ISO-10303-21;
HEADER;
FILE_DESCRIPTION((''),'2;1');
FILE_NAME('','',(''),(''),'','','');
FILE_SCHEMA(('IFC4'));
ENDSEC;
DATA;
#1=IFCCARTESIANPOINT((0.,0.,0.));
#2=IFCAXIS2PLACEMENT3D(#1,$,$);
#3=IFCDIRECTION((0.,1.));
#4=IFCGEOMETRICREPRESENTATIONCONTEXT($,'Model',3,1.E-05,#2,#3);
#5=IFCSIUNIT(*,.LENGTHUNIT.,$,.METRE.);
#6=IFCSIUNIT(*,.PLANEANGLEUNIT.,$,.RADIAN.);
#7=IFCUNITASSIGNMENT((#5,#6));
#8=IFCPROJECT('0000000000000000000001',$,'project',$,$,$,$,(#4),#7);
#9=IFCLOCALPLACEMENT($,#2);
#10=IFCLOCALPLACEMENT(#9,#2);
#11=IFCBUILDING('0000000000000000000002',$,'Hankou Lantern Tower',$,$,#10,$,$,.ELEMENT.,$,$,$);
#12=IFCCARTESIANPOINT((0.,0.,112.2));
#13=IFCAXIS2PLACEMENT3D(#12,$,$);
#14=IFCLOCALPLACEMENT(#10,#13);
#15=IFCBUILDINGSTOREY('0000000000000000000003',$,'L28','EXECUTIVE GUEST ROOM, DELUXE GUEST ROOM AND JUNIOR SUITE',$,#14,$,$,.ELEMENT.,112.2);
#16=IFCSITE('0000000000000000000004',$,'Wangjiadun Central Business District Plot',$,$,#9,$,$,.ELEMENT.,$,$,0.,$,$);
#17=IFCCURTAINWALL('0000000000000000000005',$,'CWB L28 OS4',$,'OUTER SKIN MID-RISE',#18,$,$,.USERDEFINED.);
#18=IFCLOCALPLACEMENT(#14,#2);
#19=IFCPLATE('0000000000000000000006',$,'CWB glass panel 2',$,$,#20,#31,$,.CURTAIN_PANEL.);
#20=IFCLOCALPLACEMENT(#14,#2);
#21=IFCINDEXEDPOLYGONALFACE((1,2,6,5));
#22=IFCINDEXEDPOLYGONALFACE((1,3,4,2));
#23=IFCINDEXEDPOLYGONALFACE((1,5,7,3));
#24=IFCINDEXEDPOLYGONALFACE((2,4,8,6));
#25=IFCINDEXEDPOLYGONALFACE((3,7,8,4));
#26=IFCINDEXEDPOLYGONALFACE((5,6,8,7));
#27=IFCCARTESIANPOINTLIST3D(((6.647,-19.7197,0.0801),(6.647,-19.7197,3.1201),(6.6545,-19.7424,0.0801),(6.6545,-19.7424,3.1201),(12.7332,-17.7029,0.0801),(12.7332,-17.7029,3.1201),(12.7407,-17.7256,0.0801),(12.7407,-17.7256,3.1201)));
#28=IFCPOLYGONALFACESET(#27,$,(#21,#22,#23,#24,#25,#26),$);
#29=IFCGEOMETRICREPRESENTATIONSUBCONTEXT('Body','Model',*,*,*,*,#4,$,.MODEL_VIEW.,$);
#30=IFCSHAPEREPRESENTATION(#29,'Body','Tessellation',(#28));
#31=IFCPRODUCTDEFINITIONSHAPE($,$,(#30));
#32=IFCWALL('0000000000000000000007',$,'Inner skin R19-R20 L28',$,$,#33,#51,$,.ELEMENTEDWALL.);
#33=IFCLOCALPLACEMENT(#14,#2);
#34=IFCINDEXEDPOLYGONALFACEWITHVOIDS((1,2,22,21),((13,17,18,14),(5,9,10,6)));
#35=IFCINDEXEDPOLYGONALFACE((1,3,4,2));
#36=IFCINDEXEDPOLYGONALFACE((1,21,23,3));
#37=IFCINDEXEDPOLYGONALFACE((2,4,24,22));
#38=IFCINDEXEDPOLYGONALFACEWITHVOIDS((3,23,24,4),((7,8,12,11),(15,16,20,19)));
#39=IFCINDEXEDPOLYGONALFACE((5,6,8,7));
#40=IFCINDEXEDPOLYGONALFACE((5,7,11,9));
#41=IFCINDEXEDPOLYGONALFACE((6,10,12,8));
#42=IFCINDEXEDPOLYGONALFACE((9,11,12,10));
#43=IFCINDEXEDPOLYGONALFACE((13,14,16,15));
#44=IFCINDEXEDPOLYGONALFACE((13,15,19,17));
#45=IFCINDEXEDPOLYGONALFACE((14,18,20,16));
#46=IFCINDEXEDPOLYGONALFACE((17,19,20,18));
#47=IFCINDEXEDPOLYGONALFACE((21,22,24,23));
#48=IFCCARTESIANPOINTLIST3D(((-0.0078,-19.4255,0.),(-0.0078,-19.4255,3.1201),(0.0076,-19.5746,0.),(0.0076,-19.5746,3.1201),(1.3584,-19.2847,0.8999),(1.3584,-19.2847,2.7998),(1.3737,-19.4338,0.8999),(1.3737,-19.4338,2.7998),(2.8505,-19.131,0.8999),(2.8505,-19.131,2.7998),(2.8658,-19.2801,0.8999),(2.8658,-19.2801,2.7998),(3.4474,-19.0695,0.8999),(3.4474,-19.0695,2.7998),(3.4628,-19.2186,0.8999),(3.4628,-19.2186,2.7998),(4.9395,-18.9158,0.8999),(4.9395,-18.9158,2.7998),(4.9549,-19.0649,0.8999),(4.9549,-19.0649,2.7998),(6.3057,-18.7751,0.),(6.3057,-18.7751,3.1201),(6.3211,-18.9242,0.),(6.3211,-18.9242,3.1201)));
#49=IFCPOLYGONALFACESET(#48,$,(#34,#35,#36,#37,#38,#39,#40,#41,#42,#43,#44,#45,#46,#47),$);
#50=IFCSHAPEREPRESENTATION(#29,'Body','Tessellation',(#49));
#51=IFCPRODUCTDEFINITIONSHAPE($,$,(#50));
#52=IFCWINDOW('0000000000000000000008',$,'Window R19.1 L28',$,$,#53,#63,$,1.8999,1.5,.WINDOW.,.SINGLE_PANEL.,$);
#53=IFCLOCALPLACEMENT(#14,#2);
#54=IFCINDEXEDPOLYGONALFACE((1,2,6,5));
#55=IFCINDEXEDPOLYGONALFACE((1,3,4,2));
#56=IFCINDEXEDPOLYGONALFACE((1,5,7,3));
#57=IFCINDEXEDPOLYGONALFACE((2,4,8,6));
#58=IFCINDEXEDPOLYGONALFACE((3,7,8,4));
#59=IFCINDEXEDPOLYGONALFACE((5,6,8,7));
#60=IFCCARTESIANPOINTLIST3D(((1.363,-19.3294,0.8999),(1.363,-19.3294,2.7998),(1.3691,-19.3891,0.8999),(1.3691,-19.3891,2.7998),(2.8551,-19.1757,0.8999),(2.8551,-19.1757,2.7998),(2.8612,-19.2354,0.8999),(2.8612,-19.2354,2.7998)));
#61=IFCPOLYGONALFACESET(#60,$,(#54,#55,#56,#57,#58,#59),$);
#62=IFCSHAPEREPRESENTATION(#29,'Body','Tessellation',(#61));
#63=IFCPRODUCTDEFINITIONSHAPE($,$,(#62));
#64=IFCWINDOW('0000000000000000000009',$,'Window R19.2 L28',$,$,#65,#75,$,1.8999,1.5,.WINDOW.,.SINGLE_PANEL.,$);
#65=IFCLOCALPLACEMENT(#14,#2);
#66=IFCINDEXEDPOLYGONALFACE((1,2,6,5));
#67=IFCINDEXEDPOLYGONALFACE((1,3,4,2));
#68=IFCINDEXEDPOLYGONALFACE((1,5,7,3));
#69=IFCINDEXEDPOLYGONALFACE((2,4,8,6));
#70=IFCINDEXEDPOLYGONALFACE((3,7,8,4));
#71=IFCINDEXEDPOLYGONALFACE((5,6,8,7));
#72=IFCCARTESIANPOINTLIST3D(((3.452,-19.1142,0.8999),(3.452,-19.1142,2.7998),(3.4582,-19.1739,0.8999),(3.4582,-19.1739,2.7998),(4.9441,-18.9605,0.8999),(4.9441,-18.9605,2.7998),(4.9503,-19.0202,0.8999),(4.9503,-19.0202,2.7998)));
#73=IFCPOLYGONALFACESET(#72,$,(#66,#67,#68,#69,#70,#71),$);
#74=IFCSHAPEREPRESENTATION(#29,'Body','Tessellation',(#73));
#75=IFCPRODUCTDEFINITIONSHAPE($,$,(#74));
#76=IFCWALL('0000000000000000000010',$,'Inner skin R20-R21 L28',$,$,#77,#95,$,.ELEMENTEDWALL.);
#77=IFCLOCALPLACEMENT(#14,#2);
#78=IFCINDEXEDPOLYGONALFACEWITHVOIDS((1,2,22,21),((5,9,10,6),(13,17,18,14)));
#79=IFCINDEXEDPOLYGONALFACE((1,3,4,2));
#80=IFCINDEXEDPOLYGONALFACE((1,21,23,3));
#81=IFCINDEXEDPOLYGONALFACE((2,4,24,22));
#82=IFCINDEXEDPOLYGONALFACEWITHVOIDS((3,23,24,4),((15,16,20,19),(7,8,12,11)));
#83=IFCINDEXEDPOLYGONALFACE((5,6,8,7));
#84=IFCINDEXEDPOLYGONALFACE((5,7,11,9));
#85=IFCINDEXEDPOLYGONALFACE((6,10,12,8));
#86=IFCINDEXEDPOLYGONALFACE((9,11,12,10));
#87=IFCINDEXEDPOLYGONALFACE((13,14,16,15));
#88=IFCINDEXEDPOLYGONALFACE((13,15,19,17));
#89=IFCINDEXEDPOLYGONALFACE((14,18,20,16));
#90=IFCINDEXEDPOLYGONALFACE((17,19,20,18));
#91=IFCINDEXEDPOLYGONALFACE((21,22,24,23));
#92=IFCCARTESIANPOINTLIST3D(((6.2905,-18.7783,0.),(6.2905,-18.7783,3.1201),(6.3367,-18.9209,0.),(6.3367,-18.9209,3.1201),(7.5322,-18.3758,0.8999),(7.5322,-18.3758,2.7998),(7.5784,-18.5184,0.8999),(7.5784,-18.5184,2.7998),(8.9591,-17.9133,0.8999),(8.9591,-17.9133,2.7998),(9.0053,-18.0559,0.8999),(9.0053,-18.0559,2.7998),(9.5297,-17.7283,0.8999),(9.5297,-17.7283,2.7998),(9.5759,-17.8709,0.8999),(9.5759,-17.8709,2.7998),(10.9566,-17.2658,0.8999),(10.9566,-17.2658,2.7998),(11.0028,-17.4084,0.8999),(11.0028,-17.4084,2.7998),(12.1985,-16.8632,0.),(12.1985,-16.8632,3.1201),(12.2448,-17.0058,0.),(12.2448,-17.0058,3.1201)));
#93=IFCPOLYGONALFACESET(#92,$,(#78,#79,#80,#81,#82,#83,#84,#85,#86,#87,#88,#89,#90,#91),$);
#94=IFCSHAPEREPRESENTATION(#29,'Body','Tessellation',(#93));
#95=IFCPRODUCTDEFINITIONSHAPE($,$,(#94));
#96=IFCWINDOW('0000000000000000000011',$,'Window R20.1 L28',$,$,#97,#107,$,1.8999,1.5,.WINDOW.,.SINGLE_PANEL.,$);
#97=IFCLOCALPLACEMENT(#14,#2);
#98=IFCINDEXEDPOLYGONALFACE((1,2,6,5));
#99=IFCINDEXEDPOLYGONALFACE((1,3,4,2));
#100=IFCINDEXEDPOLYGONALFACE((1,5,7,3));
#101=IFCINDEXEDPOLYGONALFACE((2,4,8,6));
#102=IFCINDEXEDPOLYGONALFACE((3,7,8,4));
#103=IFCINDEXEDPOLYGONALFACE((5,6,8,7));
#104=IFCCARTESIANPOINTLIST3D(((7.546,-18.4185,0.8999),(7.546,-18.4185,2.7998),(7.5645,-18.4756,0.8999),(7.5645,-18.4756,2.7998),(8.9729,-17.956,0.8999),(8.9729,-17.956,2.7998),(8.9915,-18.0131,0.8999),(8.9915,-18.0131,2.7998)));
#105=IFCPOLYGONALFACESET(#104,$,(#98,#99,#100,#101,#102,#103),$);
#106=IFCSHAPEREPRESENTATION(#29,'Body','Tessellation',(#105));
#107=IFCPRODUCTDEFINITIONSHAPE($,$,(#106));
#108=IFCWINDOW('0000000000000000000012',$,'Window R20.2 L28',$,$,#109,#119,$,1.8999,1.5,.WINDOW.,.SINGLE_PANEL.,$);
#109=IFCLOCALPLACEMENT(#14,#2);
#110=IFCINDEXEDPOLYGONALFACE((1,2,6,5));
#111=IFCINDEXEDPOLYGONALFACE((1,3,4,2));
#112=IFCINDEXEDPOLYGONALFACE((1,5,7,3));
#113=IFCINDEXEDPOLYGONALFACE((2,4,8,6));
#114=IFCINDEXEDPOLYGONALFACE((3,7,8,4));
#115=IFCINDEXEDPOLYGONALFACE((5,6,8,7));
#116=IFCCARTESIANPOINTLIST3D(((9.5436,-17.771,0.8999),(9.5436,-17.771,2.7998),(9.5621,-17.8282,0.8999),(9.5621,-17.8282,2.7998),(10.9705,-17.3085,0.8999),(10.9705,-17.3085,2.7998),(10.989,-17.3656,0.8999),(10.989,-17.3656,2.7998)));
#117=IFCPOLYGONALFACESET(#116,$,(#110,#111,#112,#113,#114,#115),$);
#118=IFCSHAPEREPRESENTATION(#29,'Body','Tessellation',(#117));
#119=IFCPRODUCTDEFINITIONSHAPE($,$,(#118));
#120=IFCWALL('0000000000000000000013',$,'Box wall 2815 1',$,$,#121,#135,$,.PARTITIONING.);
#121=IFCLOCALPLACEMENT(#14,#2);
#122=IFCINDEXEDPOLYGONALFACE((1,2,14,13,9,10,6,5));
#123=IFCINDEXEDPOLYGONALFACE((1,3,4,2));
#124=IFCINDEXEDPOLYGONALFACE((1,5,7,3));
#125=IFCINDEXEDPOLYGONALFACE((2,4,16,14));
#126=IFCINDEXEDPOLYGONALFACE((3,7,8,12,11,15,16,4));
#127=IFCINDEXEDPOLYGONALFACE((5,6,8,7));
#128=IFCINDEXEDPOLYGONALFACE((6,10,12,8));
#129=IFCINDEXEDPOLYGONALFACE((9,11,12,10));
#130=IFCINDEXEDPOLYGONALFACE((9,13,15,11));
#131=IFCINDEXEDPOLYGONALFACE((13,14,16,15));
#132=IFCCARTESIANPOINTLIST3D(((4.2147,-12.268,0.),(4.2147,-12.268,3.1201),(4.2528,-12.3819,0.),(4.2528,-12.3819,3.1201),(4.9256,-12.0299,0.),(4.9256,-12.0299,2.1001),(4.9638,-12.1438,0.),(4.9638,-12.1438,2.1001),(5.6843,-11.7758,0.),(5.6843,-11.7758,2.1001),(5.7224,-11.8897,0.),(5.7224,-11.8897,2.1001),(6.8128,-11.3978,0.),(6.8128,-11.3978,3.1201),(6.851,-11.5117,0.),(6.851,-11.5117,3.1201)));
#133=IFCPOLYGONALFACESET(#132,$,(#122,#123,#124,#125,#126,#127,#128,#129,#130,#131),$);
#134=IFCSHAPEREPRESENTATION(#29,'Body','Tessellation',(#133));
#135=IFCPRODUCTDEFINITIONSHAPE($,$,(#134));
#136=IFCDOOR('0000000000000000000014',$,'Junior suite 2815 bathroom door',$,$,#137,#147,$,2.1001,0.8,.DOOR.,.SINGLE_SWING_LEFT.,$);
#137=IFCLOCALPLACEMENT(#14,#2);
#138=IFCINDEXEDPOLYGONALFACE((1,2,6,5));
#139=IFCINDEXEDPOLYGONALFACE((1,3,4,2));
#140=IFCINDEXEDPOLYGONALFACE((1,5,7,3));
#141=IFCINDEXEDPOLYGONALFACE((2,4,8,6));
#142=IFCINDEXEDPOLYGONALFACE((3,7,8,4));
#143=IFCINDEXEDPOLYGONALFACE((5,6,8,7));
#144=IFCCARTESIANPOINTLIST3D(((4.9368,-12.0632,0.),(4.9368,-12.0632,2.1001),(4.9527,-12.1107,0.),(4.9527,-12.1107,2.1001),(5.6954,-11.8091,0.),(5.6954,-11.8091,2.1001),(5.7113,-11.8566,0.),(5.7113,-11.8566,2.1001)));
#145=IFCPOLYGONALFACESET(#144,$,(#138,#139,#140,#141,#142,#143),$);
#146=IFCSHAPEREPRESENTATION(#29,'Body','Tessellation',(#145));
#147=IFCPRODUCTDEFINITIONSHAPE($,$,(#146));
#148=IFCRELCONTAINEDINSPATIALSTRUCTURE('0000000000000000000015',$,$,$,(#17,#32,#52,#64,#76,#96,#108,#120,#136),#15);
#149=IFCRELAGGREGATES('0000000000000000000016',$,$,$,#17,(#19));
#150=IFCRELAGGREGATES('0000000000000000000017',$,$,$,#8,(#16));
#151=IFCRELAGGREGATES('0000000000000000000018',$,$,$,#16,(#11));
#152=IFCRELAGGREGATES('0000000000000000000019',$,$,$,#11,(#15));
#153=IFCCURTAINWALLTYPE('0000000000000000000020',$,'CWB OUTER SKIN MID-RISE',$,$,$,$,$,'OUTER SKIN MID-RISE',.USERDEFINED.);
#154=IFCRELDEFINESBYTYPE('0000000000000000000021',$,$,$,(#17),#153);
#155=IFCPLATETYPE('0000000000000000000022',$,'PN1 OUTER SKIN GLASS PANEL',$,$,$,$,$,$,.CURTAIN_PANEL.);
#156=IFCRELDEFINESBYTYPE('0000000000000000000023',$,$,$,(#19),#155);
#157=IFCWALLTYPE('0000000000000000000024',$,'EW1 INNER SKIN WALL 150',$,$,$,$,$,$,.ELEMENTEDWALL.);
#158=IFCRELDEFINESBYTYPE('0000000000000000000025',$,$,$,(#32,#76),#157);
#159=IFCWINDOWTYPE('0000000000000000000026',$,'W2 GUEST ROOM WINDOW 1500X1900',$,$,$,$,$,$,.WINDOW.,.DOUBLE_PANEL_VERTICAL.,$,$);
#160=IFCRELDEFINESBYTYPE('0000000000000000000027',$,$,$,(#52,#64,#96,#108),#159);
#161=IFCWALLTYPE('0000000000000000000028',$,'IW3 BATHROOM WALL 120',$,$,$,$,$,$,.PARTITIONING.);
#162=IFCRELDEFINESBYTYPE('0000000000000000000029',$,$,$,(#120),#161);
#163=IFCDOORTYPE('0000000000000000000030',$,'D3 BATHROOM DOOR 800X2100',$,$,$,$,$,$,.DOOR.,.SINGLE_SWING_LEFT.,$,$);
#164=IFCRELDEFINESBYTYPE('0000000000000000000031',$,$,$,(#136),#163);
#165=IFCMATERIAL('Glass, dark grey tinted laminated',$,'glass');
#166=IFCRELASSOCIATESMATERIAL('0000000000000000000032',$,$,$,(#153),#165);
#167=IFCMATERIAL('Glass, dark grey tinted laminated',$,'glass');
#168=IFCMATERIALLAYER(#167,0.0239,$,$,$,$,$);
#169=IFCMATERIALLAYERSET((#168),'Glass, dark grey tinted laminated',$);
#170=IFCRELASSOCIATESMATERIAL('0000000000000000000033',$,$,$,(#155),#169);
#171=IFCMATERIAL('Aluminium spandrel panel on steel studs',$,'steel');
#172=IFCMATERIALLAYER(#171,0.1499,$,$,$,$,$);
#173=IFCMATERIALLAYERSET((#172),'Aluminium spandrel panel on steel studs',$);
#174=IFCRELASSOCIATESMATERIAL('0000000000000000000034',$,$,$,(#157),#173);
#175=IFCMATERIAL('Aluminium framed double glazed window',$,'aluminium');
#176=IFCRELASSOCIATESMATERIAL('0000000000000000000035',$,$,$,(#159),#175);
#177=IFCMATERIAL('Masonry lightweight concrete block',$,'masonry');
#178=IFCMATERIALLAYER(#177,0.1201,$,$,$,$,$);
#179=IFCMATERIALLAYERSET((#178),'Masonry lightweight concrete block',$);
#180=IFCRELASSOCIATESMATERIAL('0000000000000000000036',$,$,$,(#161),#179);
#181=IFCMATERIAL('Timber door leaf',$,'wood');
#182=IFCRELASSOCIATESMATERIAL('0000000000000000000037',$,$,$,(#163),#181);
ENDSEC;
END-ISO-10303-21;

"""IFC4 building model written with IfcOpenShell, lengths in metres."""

from ifc_helpers import new_model, si_unit, direction, frame, frame_2d, origin, origin_2d, place, context, subcontext, project, spatial, rectangle, extrude, material, layer, layer_set, type_object, element, fill, aggregate, save


model = new_model("IFC4")

# Units and contexts
model_context = context("Model", 3, precision=1e-05, world=origin(), true_north=direction((0.0, 1.0)))
body_context = subcontext(model_context, "Body", "Model", "MODEL_VIEW")
ifc_project = project(units=[si_unit("LENGTHUNIT", "METRE"), si_unit("PLANEANGLEUNIT", "RADIAN")], contexts=[model_context])

# Site, building, storey
site_placement = place(None, origin())
site = spatial("IfcSite", under=ifc_project, at=site_placement, Name="Wangjiadun Central Business District Plot", CompositionType="ELEMENT", RefElevation=0.0)
building_placement = place(site_placement, origin())
building = spatial("IfcBuilding", under=site, at=building_placement, Name="Hankou Lantern Tower", CompositionType="ELEMENT")
storey_placement = place(building_placement, frame((0.0, 0.0, 112.2)))
storey = spatial("IfcBuildingStorey", under=building, at=storey_placement, Name="L28", Description="EXECUTIVE GUEST ROOM, DELUXE GUEST ROOM AND JUNIOR SUITE", CompositionType="ELEMENT", Elevation=112.2)

# Curtain wall
ifc_material_1 = material(Name="Glass, dark grey tinted laminated", Category="glass")
curtain_wall_type = type_object("IfcCurtainWallType", Name="CWB OUTER SKIN MID-RISE", ElementType="OUTER SKIN MID-RISE", PredefinedType="USERDEFINED", material=ifc_material_1)
curtain_wall_placement = place(storey_placement, origin())
curtain_wall = element("IfcCurtainWall", 1, at=curtain_wall_placement, inside=storey, type_object=curtain_wall_type, Name="CWB L28 OS4", ObjectType="OUTER SKIN MID-RISE", PredefinedType="USERDEFINED")

# Plate
ifc_material_2 = material(Name="Glass, dark grey tinted laminated", Category="glass")
ifc_layer_1 = layer(ifc_material_2, 0.0239)
ifc_layer_set_1 = layer_set([ifc_layer_1], Name="Glass, dark grey tinted laminated")
plate_type = type_object("IfcPlateType", Name="PN1 OUTER SKIN GLASS PANEL", PredefinedType="CURTAIN_PANEL", material=ifc_layer_set_1)
plate_1_placement = place(storey_placement, frame((9.6938, -18.7227, 0.0801), z_axis=(0.0, 0.0, 1.0), x_axis=(0.949241, 0.314551, 0.0)))
plate_1 = element("IfcPlate", 2, at=plate_1_placement, type_object=plate_type, Name="CWB glass panel 2", PredefinedType="CURTAIN_PANEL", context=body_context, shape_type="SweptSolid", body=[
    extrude(rectangle(XDim=6.4116, YDim=0.0239, at=origin_2d()), origin(), (0.0, 0.0, 1.0), 3.04),
])
aggregate(curtain_wall, [plate_1])

# Walls, openings, windows
ifc_material_3 = material(Name="Aluminium spandrel panel on steel studs", Category="steel")
ifc_layer_2 = layer(ifc_material_3, 0.1499)
ifc_layer_set_2 = layer_set([ifc_layer_2], Name="Aluminium spandrel panel on steel studs")
wall_type_1 = type_object("IfcWallType", Name="EW1 INNER SKIN WALL 150", PredefinedType="ELEMENTEDWALL", material=ifc_layer_set_2)
wall_1_placement = place(storey_placement, frame((0.0, -19.5, 0.0), z_axis=(0.0, 0.0, 1.0), x_axis=(0.994736, 0.102474, 0.0)))
wall_1 = element("IfcWall", 3, at=wall_1_placement, inside=storey, type_object=wall_type_1, Name="Inner skin R19-R20 L28", PredefinedType="ELEMENTEDWALL", context=body_context, shape_type="SweptSolid", body=[
    extrude(rectangle(XDim=6.3469, YDim=0.1499, at=frame_2d((3.1733, 0.0))), origin(), (0.0, 0.0, 1.0), 3.1201),
])
opening_1_placement = place(wall_1_placement, frame((1.3733, 0.0, 0.8999)))
opening_1 = element("IfcOpeningElement", 4, at=opening_1_placement, cuts=wall_1, PredefinedType="OPENING", context=body_context, shape_type="SweptSolid", body=[
    extrude(rectangle(XDim=1.5, YDim=1.8999, at=frame_2d((0.75, 0.95))), frame((0.0, 0.085, 0.0), z_axis=(0.0, -1.0, 0.0), x_axis=(1.0, 0.0, 0.0)), (0.0, 0.0, 1.0), 0.1699),
])
opening_2_placement = place(wall_1_placement, frame((3.4734, 0.0, 0.8999)))
opening_2 = element("IfcOpeningElement", 5, at=opening_2_placement, cuts=wall_1, PredefinedType="OPENING", context=body_context, shape_type="SweptSolid", body=[
    extrude(rectangle(XDim=1.5, YDim=1.8999, at=frame_2d((0.75, 0.95))), frame((0.0, 0.085, 0.0), z_axis=(0.0, -1.0, 0.0), x_axis=(1.0, 0.0, 0.0)), (0.0, 0.0, 1.0), 0.1699),
])
ifc_material_4 = material(Name="Aluminium framed double glazed window", Category="aluminium")
window_type = type_object("IfcWindowType", Name="W2 GUEST ROOM WINDOW 1500X1900", PartitioningType="DOUBLE_PANEL_VERTICAL", PredefinedType="WINDOW", material=ifc_material_4)
window_1_placement = place(opening_1_placement, origin())
window_1 = element("IfcWindow", 6, at=window_1_placement, inside=storey, type_object=window_type, Name="Window R19.1 L28", OverallHeight=1.8999, OverallWidth=1.5, PartitioningType="SINGLE_PANEL", PredefinedType="WINDOW", context=body_context, shape_type="SweptSolid", body=[
    extrude(rectangle(XDim=1.5, YDim=1.8999, at=frame_2d((0.75, 0.95))), frame((0.0, 0.03, 0.0), z_axis=(0.0, -1.0, 0.0), x_axis=(1.0, 0.0, 0.0)), (0.0, 0.0, 1.0), 0.0601),
])
fill(opening_1, window_1)
window_2_placement = place(opening_2_placement, origin())
window_2 = element("IfcWindow", 7, at=window_2_placement, inside=storey, type_object=window_type, Name="Window R19.2 L28", OverallHeight=1.8999, OverallWidth=1.5, PartitioningType="SINGLE_PANEL", PredefinedType="WINDOW", context=body_context, shape_type="SweptSolid", body=[
    extrude(rectangle(XDim=1.5, YDim=1.8999, at=frame_2d((0.75, 0.95))), frame((0.0, 0.03, 0.0), z_axis=(0.0, -1.0, 0.0), x_axis=(1.0, 0.0, 0.0)), (0.0, 0.0, 1.0), 0.0601),
])
fill(opening_2, window_2)
wall_2_placement = place(storey_placement, frame((6.3135, -18.8496, 0.0), z_axis=(0.0, 0.0, 1.0), x_axis=(0.951273, 0.308351, 0.0)))
wall_2 = element("IfcWall", 8, at=wall_2_placement, inside=storey, type_object=wall_type_1, Name="Inner skin R20-R21 L28", PredefinedType="ELEMENTEDWALL", context=body_context, shape_type="SweptSolid", body=[
    extrude(rectangle(XDim=6.2107, YDim=0.1499, at=frame_2d((3.1055, 0.0))), origin(), (0.0, 0.0, 1.0), 3.1201),
])
opening_3_placement = place(wall_2_placement, frame((1.3054, 0.0, 0.8999)))
opening_3 = element("IfcOpeningElement", 9, at=opening_3_placement, cuts=wall_2, PredefinedType="OPENING", context=body_context, shape_type="SweptSolid", body=[
    extrude(rectangle(XDim=1.5, YDim=1.8999, at=frame_2d((0.75, 0.95))), frame((0.0, 0.085, 0.0), z_axis=(0.0, -1.0, 0.0), x_axis=(1.0, 0.0, 0.0)), (0.0, 0.0, 1.0), 0.1699),
])
opening_4_placement = place(wall_2_placement, frame((3.4053, 0.0, 0.8999)))
opening_4 = element("IfcOpeningElement", 10, at=opening_4_placement, cuts=wall_2, PredefinedType="OPENING", context=body_context, shape_type="SweptSolid", body=[
    extrude(rectangle(XDim=1.5, YDim=1.8999, at=frame_2d((0.75, 0.95))), frame((0.0, 0.085, 0.0), z_axis=(0.0, -1.0, 0.0), x_axis=(1.0, 0.0, 0.0)), (0.0, 0.0, 1.0), 0.1699),
])
window_3_placement = place(opening_3_placement, origin())
window_3 = element("IfcWindow", 11, at=window_3_placement, inside=storey, type_object=window_type, Name="Window R20.1 L28", OverallHeight=1.8999, OverallWidth=1.5, PartitioningType="SINGLE_PANEL", PredefinedType="WINDOW", context=body_context, shape_type="SweptSolid", body=[
    extrude(rectangle(XDim=1.5, YDim=1.8999, at=frame_2d((0.75, 0.95))), frame((0.0, 0.03, 0.0), z_axis=(0.0, -1.0, 0.0), x_axis=(1.0, 0.0, 0.0)), (0.0, 0.0, 1.0), 0.0601),
])
fill(opening_3, window_3)
window_4_placement = place(opening_4_placement, origin())
window_4 = element("IfcWindow", 12, at=window_4_placement, inside=storey, type_object=window_type, Name="Window R20.2 L28", OverallHeight=1.8999, OverallWidth=1.5, PartitioningType="SINGLE_PANEL", PredefinedType="WINDOW", context=body_context, shape_type="SweptSolid", body=[
    extrude(rectangle(XDim=1.5, YDim=1.8999, at=frame_2d((0.75, 0.95))), frame((0.0, 0.03, 0.0), z_axis=(0.0, -1.0, 0.0), x_axis=(1.0, 0.0, 0.0)), (0.0, 0.0, 1.0), 0.0601),
])
fill(opening_4, window_4)

# Wall, opening, door
ifc_material_5 = material(Name="Masonry lightweight concrete block", Category="masonry")
ifc_layer_3 = layer(ifc_material_5, 0.1201)
ifc_layer_set_3 = layer_set([ifc_layer_3], Name="Masonry lightweight concrete block")
wall_type_2 = type_object("IfcWallType", Name="IW3 BATHROOM WALL 120", PredefinedType="PARTITIONING", material=ifc_layer_set_3)
wall_3_placement = place(storey_placement, frame((4.2336, -12.325, 0.0), z_axis=(0.0, 0.0, 1.0), x_axis=(0.948237, 0.317564, 0.0)))
wall_3 = element("IfcWall", 13, at=wall_3_placement, inside=storey, type_object=wall_type_2, Name="Box wall 2815 1", PredefinedType="PARTITIONING", context=body_context, shape_type="SweptSolid", body=[
    extrude(rectangle(XDim=2.74, YDim=0.1201, at=frame_2d((1.3701, 0.0))), origin(), (0.0, 0.0, 1.0), 3.1201),
])
opening_5_placement = place(wall_3_placement, frame((0.75, 0.0, 0.0)))
opening_5 = element("IfcOpeningElement", 14, at=opening_5_placement, cuts=wall_3, PredefinedType="OPENING", context=body_context, shape_type="SweptSolid", body=[
    extrude(rectangle(XDim=0.8, YDim=2.1001, at=frame_2d((0.3999, 1.05))), frame((0.0, 0.0701, 0.0), z_axis=(0.0, -1.0, 0.0), x_axis=(1.0, 0.0, 0.0)), (0.0, 0.0, 1.0), 0.1401),
])
ifc_material_6 = material(Name="Timber door leaf", Category="wood")
door_type = type_object("IfcDoorType", Name="D3 BATHROOM DOOR 800X2100", OperationType="SINGLE_SWING_LEFT", PredefinedType="DOOR", material=ifc_material_6)
door_placement = place(opening_5_placement, origin())
door = element("IfcDoor", 15, at=door_placement, inside=storey, type_object=door_type, Name="Junior suite 2815 bathroom door", OperationType="SINGLE_SWING_LEFT", OverallHeight=2.1001, OverallWidth=0.8, PredefinedType="DOOR", context=body_context, shape_type="SweptSolid", body=[
    extrude(rectangle(XDim=0.8, YDim=2.1001, at=frame_2d((0.3999, 1.05))), frame((0.0, 0.0249, 0.0), z_axis=(0.0, -1.0, 0.0), x_axis=(1.0, 0.0, 0.0)), (0.0, 0.0, 1.0), 0.05),
])
fill(opening_5, door)

save(model, "model.ifc")
